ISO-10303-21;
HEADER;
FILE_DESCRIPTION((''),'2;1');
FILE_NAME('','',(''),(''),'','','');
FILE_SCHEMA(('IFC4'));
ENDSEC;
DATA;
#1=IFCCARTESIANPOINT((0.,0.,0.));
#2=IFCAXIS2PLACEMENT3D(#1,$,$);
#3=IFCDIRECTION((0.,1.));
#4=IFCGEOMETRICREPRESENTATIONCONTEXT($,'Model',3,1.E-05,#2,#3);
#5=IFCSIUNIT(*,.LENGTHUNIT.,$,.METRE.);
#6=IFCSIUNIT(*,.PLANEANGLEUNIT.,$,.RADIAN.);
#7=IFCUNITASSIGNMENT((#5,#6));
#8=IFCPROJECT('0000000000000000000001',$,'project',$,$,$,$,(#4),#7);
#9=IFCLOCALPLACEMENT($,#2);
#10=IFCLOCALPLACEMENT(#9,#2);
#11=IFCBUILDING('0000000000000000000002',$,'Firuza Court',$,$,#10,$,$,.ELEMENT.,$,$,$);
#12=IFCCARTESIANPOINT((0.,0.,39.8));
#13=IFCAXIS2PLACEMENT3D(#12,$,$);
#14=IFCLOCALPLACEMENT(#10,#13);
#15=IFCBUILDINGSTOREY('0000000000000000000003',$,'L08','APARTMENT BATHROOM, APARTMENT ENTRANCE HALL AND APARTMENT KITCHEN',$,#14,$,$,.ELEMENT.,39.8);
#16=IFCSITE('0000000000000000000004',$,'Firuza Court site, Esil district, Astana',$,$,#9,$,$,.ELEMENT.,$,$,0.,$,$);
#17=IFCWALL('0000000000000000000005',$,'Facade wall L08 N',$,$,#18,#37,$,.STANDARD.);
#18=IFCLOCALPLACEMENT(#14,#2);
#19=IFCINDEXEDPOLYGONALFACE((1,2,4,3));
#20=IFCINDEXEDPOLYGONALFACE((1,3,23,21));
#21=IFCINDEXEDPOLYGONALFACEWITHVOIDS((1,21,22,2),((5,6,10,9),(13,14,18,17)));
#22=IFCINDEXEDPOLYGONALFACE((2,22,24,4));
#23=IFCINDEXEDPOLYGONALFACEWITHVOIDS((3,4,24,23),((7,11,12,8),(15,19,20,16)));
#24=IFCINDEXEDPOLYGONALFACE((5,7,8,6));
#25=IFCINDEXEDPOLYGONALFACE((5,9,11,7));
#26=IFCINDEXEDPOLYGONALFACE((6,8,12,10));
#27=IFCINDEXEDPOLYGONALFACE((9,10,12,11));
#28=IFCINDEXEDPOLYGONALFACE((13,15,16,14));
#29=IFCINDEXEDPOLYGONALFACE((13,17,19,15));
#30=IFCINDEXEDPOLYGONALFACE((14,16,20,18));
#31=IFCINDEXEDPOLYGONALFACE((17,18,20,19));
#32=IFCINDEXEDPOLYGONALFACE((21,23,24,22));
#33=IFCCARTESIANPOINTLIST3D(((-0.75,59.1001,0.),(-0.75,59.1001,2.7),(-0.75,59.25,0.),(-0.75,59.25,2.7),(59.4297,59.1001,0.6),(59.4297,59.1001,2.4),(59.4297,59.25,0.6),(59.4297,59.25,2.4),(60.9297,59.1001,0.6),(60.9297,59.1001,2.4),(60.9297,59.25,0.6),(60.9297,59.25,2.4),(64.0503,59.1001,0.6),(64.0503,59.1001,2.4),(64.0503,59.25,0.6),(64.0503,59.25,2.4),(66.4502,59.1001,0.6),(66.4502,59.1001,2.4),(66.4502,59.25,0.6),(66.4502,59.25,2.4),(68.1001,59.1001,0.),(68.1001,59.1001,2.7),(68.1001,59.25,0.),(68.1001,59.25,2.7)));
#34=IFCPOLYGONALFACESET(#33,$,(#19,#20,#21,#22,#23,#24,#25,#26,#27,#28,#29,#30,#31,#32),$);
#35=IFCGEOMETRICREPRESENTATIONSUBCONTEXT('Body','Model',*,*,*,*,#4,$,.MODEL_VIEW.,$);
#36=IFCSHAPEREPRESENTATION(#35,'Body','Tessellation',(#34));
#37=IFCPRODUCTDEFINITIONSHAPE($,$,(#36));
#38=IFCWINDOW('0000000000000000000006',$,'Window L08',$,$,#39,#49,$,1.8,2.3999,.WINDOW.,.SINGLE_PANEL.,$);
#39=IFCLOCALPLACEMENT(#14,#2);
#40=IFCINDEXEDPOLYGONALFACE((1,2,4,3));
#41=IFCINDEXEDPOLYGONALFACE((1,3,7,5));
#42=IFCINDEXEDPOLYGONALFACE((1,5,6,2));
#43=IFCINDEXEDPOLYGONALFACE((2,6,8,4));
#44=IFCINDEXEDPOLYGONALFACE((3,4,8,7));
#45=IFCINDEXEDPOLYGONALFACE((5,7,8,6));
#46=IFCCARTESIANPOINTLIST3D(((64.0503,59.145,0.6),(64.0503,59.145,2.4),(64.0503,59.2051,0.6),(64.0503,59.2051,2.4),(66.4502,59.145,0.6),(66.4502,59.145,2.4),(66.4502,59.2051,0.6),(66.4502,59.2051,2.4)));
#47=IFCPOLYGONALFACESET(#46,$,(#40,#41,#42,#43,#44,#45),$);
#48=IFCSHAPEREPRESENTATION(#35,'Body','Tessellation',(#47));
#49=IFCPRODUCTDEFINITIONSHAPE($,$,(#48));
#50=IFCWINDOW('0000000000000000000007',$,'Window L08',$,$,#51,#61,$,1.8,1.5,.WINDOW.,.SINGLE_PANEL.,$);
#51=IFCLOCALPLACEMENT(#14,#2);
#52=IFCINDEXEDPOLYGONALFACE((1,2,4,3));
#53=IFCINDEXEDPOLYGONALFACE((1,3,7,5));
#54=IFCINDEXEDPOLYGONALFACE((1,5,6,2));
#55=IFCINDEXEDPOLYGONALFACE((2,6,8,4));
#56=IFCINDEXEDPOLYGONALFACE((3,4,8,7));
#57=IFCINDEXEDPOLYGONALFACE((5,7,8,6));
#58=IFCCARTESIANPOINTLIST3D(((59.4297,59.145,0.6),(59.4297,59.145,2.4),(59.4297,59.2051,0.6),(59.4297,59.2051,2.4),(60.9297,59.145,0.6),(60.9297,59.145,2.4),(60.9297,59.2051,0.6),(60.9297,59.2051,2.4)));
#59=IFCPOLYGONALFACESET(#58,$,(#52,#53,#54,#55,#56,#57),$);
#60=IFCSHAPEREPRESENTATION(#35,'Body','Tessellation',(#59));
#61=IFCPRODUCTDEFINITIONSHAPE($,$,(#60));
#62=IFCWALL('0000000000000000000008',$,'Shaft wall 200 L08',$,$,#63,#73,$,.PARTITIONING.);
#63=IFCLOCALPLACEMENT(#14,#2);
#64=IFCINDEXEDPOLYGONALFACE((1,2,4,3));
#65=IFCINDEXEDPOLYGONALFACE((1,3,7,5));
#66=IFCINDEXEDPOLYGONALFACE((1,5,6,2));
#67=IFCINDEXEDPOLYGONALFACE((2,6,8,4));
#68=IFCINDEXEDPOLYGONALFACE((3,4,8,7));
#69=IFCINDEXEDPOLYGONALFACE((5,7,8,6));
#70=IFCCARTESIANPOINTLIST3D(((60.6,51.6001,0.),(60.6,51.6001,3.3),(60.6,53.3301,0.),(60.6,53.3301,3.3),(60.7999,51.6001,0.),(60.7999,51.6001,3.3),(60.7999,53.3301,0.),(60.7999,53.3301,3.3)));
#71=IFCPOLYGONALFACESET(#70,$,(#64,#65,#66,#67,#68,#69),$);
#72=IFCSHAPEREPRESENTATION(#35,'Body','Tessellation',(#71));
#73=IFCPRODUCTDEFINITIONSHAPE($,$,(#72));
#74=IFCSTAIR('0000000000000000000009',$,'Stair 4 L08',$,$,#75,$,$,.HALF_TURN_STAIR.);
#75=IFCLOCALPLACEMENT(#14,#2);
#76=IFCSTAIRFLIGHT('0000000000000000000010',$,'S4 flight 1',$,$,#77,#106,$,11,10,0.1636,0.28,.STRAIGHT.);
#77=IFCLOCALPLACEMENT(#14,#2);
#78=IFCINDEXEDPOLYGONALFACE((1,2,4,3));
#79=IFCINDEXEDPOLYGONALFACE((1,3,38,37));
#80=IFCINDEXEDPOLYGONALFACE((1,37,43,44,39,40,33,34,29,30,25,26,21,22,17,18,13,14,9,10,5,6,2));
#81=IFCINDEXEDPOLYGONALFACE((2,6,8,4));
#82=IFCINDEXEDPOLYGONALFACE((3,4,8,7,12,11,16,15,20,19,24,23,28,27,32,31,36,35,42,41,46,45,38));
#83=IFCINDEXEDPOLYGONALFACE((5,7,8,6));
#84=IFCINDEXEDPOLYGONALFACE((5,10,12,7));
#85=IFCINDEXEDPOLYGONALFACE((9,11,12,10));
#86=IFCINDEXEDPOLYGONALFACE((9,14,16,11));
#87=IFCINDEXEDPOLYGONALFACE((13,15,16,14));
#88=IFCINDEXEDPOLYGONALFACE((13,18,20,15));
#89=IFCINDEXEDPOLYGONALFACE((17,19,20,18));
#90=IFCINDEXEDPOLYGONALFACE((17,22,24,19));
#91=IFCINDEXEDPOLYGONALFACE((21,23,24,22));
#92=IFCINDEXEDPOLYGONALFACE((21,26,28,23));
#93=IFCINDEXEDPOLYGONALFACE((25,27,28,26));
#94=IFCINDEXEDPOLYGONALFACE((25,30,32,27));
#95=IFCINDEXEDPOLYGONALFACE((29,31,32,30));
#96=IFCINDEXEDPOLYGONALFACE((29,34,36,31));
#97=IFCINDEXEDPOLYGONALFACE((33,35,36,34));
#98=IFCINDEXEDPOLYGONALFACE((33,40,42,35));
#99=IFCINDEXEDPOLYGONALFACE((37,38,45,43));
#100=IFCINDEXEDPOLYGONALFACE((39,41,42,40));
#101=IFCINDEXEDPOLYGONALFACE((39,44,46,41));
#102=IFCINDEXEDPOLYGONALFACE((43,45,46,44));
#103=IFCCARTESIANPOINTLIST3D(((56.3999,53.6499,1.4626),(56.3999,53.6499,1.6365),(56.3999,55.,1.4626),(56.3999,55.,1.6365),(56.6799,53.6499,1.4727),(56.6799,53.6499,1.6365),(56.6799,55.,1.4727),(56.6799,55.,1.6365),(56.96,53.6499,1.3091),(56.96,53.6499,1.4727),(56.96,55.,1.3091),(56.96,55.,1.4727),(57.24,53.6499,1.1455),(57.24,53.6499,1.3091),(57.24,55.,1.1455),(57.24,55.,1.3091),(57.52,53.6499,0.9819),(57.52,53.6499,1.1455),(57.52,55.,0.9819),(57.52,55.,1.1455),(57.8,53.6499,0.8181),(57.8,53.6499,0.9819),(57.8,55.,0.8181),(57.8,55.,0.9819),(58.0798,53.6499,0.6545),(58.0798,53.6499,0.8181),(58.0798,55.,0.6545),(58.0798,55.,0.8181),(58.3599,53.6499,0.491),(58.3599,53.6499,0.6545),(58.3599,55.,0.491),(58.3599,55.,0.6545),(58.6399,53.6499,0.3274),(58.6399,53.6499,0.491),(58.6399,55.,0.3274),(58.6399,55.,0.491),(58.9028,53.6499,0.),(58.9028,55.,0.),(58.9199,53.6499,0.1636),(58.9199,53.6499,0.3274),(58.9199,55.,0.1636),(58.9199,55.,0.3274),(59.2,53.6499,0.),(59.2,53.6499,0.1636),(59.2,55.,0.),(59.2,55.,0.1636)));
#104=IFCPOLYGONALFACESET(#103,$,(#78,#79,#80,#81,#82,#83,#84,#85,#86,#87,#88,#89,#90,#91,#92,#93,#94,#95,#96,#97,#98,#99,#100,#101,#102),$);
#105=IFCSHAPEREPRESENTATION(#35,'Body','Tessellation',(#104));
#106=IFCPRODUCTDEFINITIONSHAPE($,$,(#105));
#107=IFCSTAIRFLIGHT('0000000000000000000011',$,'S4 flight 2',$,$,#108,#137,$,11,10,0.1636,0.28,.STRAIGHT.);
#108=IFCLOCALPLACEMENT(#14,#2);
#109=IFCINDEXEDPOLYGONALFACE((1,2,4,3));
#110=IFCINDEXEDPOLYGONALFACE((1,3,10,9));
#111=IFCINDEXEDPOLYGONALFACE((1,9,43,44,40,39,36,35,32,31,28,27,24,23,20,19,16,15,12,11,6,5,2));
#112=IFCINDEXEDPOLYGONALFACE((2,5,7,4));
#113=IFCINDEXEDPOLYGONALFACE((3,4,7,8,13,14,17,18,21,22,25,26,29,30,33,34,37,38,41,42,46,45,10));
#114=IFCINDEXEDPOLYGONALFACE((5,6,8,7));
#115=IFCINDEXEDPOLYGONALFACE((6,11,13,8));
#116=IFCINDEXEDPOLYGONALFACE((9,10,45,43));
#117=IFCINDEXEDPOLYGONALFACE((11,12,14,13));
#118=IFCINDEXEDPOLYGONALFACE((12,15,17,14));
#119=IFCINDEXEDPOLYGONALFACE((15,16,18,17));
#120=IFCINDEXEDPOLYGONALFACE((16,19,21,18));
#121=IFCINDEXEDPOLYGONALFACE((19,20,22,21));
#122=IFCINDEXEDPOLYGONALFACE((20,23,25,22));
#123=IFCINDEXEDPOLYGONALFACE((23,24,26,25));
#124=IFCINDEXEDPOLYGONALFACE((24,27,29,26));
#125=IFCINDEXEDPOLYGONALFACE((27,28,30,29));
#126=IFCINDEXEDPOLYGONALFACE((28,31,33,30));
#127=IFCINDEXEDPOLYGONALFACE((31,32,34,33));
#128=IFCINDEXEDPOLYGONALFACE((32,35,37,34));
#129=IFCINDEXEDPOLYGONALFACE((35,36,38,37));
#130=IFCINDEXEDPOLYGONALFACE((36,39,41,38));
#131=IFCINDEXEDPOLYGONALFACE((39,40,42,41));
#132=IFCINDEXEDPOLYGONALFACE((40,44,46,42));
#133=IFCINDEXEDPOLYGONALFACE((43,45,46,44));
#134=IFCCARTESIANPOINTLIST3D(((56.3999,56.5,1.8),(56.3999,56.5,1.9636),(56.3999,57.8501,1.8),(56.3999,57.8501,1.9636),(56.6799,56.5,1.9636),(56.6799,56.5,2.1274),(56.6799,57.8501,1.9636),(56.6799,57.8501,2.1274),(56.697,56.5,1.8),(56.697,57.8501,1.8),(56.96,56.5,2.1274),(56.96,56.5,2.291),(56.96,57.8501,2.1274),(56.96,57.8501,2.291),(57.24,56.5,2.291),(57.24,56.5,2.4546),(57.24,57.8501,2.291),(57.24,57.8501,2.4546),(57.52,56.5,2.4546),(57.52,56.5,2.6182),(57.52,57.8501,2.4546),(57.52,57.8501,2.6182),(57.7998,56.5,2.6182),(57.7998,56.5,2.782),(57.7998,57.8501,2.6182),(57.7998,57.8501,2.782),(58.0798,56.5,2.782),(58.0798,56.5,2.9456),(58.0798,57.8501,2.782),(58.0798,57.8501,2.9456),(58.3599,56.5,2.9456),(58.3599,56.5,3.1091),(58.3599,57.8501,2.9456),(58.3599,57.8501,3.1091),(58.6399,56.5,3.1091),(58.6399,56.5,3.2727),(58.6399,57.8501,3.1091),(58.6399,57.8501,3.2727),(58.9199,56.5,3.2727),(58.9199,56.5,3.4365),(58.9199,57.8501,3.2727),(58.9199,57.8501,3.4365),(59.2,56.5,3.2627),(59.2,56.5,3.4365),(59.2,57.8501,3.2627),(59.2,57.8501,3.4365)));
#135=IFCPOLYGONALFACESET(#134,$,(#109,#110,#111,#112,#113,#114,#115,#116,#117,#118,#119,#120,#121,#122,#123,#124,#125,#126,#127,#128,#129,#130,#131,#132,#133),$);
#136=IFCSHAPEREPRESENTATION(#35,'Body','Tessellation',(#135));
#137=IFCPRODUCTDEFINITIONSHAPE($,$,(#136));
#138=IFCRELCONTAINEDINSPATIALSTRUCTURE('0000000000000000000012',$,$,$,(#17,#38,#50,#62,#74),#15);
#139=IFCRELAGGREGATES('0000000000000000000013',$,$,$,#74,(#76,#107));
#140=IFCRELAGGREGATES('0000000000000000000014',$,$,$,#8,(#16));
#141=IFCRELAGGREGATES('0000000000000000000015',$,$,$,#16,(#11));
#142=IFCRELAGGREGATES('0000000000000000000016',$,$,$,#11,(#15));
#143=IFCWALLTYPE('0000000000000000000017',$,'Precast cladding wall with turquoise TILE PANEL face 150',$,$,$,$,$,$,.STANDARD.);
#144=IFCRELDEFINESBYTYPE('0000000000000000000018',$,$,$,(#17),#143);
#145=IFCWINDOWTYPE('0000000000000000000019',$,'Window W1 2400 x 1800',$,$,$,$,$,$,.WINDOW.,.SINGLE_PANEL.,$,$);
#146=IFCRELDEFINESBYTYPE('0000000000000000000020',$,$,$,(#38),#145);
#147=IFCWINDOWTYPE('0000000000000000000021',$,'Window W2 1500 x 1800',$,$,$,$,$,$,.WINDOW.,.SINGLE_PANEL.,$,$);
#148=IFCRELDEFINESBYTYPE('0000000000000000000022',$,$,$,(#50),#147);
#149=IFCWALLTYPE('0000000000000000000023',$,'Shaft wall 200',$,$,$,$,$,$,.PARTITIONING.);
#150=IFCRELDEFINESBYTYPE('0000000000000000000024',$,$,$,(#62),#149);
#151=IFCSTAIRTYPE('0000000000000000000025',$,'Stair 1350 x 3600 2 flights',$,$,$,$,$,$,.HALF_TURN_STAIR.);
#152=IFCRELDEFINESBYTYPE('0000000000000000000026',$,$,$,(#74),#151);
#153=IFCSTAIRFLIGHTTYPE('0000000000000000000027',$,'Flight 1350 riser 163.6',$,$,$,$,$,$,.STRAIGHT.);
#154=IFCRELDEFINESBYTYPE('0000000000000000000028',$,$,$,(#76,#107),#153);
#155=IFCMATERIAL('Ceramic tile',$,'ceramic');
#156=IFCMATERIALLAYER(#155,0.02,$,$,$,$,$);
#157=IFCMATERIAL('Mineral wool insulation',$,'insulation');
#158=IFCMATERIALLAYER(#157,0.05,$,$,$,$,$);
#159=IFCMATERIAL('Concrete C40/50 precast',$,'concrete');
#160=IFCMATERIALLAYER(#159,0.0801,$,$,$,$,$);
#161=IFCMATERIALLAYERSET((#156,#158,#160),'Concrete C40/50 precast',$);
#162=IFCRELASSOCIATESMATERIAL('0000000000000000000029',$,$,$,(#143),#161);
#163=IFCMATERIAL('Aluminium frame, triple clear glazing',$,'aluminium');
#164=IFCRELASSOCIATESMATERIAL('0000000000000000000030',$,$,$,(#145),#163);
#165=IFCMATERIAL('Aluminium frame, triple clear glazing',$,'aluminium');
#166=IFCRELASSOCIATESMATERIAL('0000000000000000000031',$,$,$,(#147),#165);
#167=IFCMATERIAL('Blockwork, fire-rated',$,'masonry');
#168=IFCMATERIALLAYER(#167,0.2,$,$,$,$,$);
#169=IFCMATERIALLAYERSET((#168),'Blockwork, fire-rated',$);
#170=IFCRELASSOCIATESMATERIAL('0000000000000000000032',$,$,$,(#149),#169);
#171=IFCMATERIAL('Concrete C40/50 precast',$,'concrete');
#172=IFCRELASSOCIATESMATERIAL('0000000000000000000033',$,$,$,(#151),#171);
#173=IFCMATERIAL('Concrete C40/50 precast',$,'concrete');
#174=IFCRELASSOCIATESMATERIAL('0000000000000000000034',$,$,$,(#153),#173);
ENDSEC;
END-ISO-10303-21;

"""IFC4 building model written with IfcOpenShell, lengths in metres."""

from ifc_helpers import new_model, si_unit, direction, frame, frame_2d, origin, place, context, subcontext, project, spatial, polyline, rectangle, outline, extrude, material, layer, layer_set, type_object, element, fill, aggregate, save


model = new_model("IFC4")

# Units and contexts
model_context = context("Model", 3, precision=1e-05, world=origin(), true_north=direction((0.0, 1.0)))
body_context = subcontext(model_context, "Body", "Model", "MODEL_VIEW")
ifc_project = project(units=[si_unit("LENGTHUNIT", "METRE"), si_unit("PLANEANGLEUNIT", "RADIAN")], contexts=[model_context])

# Site, building, storey
site_placement = place(None, origin())
site = spatial("IfcSite", under=ifc_project, at=site_placement, Name="Firuza Court site, Esil district, Astana", CompositionType="ELEMENT", RefElevation=0.0)
building_placement = place(site_placement, origin())
building = spatial("IfcBuilding", under=site, at=building_placement, Name="Firuza Court", CompositionType="ELEMENT")
storey_placement = place(building_placement, frame((0.0, 0.0, 39.8)))
storey = spatial("IfcBuildingStorey", under=building, at=storey_placement, Name="L08", Description="APARTMENT BATHROOM, APARTMENT ENTRANCE HALL AND APARTMENT KITCHEN", CompositionType="ELEMENT", Elevation=39.8)

# Wall, openings, windows
ifc_material_1 = material(Name="Ceramic tile", Category="ceramic")
ifc_layer_1 = layer(ifc_material_1, 0.02)
ifc_material_2 = material(Name="Mineral wool insulation", Category="insulation")
ifc_layer_2 = layer(ifc_material_2, 0.05)
ifc_material_3 = material(Name="Concrete C40/50 precast", Category="concrete")
ifc_layer_3 = layer(ifc_material_3, 0.0801)
ifc_layer_set_1 = layer_set([ifc_layer_1, ifc_layer_2, ifc_layer_3], Name="Concrete C40/50 precast")
wall_type_1 = type_object("IfcWallType", Name="Precast cladding wall with turquoise TILE PANEL face 150", PredefinedType="STANDARD", material=ifc_layer_set_1)
wall_1_placement = place(storey_placement, frame((68.1001, 59.175, 0.0), z_axis=(0.0, 0.0, 1.0), x_axis=(-1.0, 0.0, 0.0)))
wall_1 = element("IfcWall", 1, at=wall_1_placement, inside=storey, type_object=wall_type_1, Name="Facade wall L08 N", PredefinedType="STANDARD", context=body_context, shape_type="SweptSolid", body=[
    extrude(rectangle(XDim=68.8501, YDim=0.1499, at=frame_2d((34.425, 0.0))), origin(), (0.0, 0.0, 1.0), 2.7),
])
opening_1_placement = place(wall_1_placement, frame((1.6499, 0.0, 0.6001)))
opening_1 = element("IfcOpeningElement", 2, at=opening_1_placement, cuts=wall_1, PredefinedType="OPENING", context=body_context, shape_type="SweptSolid", body=[
    extrude(rectangle(XDim=2.3999, YDim=1.8, at=frame_2d((1.2, 0.8999))), frame((0.0, 0.0869, 0.0), z_axis=(0.0, -1.0, 0.0), x_axis=(1.0, 0.0, 0.0)), (0.0, 0.0, 1.0), 0.1738),
])
opening_2_placement = place(wall_1_placement, frame((7.1704, 0.0, 0.6001)))
opening_2 = element("IfcOpeningElement", 3, at=opening_2_placement, cuts=wall_1, PredefinedType="OPENING", context=body_context, shape_type="SweptSolid", body=[
    extrude(rectangle(XDim=1.5, YDim=1.8, at=frame_2d((0.75, 0.8999))), frame((0.0, 0.0869, 0.0), z_axis=(0.0, -1.0, 0.0), x_axis=(1.0, 0.0, 0.0)), (0.0, 0.0, 1.0), 0.1738),
])
ifc_material_4 = material(Name="Aluminium frame, triple clear glazing", Category="aluminium")
window_type_1 = type_object("IfcWindowType", Name="Window W1 2400 x 1800", PartitioningType="SINGLE_PANEL", PredefinedType="WINDOW", material=ifc_material_4)
window_1_placement = place(opening_1_placement, origin())
window_1 = element("IfcWindow", 4, at=window_1_placement, inside=storey, type_object=window_type_1, Name="Window L08", OverallHeight=1.8, OverallWidth=2.3999, PartitioningType="SINGLE_PANEL", PredefinedType="WINDOW", context=body_context, shape_type="SweptSolid", body=[
    extrude(rectangle(XDim=2.3999, YDim=1.8, at=frame_2d((1.2, 0.8999))), frame((0.0, 0.03, 0.0), z_axis=(0.0, -1.0, 0.0), x_axis=(1.0, 0.0, 0.0)), (0.0, 0.0, 1.0), 0.0601),
])
fill(opening_1, window_1)
ifc_material_5 = material(Name="Aluminium frame, triple clear glazing", Category="aluminium")
window_type_2 = type_object("IfcWindowType", Name="Window W2 1500 x 1800", PartitioningType="SINGLE_PANEL", PredefinedType="WINDOW", material=ifc_material_5)
window_2_placement = place(opening_2_placement, origin())
window_2 = element("IfcWindow", 5, at=window_2_placement, inside=storey, type_object=window_type_2, Name="Window L08", OverallHeight=1.8, OverallWidth=1.5, PartitioningType="SINGLE_PANEL", PredefinedType="WINDOW", context=body_context, shape_type="SweptSolid", body=[
    extrude(rectangle(XDim=1.5, YDim=1.8, at=frame_2d((0.75, 0.8999))), frame((0.0, 0.03, 0.0), z_axis=(0.0, -1.0, 0.0), x_axis=(1.0, 0.0, 0.0)), (0.0, 0.0, 1.0), 0.0601),
])
fill(opening_2, window_2)

# Wall
ifc_material_6 = material(Name="Blockwork, fire-rated", Category="masonry")
ifc_layer_4 = layer(ifc_material_6, 0.2)
ifc_layer_set_2 = layer_set([ifc_layer_4], Name="Blockwork, fire-rated")
wall_type_2 = type_object("IfcWallType", Name="Shaft wall 200", PredefinedType="PARTITIONING", material=ifc_layer_set_2)
wall_2_placement = place(storey_placement, frame((60.7, 51.6001, 0.0), z_axis=(0.0, 0.0, 1.0), x_axis=(0.0, 1.0, 0.0)))
element("IfcWall", 6, at=wall_2_placement, inside=storey, type_object=wall_type_2, Name="Shaft wall 200 L08", PredefinedType="PARTITIONING", context=body_context, shape_type="SweptSolid", body=[
    extrude(rectangle(XDim=1.73, YDim=0.2, at=frame_2d((0.865, 0.0))), origin(), (0.0, 0.0, 1.0), 3.3),
])

# Stair, stair flights
ifc_material_7 = material(Name="Concrete C40/50 precast", Category="concrete")
stair_type = type_object("IfcStairType", Name="Stair 1350 x 3600 2 flights", PredefinedType="HALF_TURN_STAIR", material=ifc_material_7)
stair_placement = place(storey_placement, origin())
stair = element("IfcStair", 7, at=stair_placement, inside=storey, type_object=stair_type, Name="Stair 4 L08", PredefinedType="HALF_TURN_STAIR")
ifc_material_8 = material(Name="Concrete C40/50 precast", Category="concrete")
stair_flight_type = type_object("IfcStairFlightType", Name="Flight 1350 riser 163.6", PredefinedType="STRAIGHT", material=ifc_material_8)
stair_flight_1_placement = place(storey_placement, frame((59.2, 54.325, 0.0), z_axis=(0.0, 0.0, 1.0), x_axis=(-1.0, 0.0, 0.0)))
stair_flight_1 = element("IfcStairFlight", 8, at=stair_flight_1_placement, type_object=stair_flight_type, Name="S4 flight 1", NumberOfRisers=11, NumberOfTreads=10, PredefinedType="STRAIGHT", RiserHeight=0.1636, TreadLength=0.28, context=body_context, shape_type="SweptSolid", body=[
    extrude(outline(polyline([(0.0, 0.0), (0.0, 0.1636), (0.28, 0.1636), (0.28, 0.3274), (0.5601, 0.3274), (0.5601, 0.491), (0.8401, 0.491), (0.8401, 0.6545), (1.1201, 0.6545), (1.1201, 0.8181), (1.3999, 0.8181), (1.3999, 0.9819), (1.6799, 0.9819), (1.6799, 1.1455), (1.96, 1.1455), (1.96, 1.3091), (2.24, 1.3091), (2.24, 1.4727), (2.52, 1.4727), (2.52, 1.6365), (2.8, 1.6365), (2.8, 1.8), (2.8, 1.4626), (0.2971, 0.0), (0.0, 0.0)])), frame((0.0, 0.675, 0.0), z_axis=(0.0, -1.0, 0.0), x_axis=(1.0, 0.0, 0.0)), (0.0, 0.0, 1.0), 1.3501),
])
stair_flight_2_placement = place(storey_placement, frame((56.3999, 57.175, 1.8), z_axis=(0.0, 0.0, 1.0), x_axis=(1.0, 0.0, 0.0)))
stair_flight_2 = element("IfcStairFlight", 9, at=stair_flight_2_placement, type_object=stair_flight_type, Name="S4 flight 2", NumberOfRisers=11, NumberOfTreads=10, PredefinedType="STRAIGHT", RiserHeight=0.1636, TreadLength=0.28, context=body_context, shape_type="SweptSolid", body=[
    extrude(outline(polyline([(0.0, 0.0), (0.0, 0.1636), (0.28, 0.1636), (0.28, 0.3274), (0.5601, 0.3274), (0.5601, 0.491), (0.8401, 0.491), (0.8401, 0.6545), (1.1201, 0.6545), (1.1201, 0.8181), (1.3999, 0.8181), (1.3999, 0.9819), (1.6799, 0.9819), (1.6799, 1.1455), (1.96, 1.1455), (1.96, 1.3091), (2.24, 1.3091), (2.24, 1.4727), (2.52, 1.4727), (2.52, 1.6365), (2.8, 1.6365), (2.8, 1.8), (2.8, 1.4626), (0.2971, 0.0), (0.0, 0.0)])), frame((0.0, 0.675, 0.0), z_axis=(0.0, -1.0, 0.0), x_axis=(1.0, 0.0, 0.0)), (0.0, 0.0, 1.0), 1.3501),
])
aggregate(stair, [stair_flight_1, stair_flight_2])

save(model, "model.ifc")
